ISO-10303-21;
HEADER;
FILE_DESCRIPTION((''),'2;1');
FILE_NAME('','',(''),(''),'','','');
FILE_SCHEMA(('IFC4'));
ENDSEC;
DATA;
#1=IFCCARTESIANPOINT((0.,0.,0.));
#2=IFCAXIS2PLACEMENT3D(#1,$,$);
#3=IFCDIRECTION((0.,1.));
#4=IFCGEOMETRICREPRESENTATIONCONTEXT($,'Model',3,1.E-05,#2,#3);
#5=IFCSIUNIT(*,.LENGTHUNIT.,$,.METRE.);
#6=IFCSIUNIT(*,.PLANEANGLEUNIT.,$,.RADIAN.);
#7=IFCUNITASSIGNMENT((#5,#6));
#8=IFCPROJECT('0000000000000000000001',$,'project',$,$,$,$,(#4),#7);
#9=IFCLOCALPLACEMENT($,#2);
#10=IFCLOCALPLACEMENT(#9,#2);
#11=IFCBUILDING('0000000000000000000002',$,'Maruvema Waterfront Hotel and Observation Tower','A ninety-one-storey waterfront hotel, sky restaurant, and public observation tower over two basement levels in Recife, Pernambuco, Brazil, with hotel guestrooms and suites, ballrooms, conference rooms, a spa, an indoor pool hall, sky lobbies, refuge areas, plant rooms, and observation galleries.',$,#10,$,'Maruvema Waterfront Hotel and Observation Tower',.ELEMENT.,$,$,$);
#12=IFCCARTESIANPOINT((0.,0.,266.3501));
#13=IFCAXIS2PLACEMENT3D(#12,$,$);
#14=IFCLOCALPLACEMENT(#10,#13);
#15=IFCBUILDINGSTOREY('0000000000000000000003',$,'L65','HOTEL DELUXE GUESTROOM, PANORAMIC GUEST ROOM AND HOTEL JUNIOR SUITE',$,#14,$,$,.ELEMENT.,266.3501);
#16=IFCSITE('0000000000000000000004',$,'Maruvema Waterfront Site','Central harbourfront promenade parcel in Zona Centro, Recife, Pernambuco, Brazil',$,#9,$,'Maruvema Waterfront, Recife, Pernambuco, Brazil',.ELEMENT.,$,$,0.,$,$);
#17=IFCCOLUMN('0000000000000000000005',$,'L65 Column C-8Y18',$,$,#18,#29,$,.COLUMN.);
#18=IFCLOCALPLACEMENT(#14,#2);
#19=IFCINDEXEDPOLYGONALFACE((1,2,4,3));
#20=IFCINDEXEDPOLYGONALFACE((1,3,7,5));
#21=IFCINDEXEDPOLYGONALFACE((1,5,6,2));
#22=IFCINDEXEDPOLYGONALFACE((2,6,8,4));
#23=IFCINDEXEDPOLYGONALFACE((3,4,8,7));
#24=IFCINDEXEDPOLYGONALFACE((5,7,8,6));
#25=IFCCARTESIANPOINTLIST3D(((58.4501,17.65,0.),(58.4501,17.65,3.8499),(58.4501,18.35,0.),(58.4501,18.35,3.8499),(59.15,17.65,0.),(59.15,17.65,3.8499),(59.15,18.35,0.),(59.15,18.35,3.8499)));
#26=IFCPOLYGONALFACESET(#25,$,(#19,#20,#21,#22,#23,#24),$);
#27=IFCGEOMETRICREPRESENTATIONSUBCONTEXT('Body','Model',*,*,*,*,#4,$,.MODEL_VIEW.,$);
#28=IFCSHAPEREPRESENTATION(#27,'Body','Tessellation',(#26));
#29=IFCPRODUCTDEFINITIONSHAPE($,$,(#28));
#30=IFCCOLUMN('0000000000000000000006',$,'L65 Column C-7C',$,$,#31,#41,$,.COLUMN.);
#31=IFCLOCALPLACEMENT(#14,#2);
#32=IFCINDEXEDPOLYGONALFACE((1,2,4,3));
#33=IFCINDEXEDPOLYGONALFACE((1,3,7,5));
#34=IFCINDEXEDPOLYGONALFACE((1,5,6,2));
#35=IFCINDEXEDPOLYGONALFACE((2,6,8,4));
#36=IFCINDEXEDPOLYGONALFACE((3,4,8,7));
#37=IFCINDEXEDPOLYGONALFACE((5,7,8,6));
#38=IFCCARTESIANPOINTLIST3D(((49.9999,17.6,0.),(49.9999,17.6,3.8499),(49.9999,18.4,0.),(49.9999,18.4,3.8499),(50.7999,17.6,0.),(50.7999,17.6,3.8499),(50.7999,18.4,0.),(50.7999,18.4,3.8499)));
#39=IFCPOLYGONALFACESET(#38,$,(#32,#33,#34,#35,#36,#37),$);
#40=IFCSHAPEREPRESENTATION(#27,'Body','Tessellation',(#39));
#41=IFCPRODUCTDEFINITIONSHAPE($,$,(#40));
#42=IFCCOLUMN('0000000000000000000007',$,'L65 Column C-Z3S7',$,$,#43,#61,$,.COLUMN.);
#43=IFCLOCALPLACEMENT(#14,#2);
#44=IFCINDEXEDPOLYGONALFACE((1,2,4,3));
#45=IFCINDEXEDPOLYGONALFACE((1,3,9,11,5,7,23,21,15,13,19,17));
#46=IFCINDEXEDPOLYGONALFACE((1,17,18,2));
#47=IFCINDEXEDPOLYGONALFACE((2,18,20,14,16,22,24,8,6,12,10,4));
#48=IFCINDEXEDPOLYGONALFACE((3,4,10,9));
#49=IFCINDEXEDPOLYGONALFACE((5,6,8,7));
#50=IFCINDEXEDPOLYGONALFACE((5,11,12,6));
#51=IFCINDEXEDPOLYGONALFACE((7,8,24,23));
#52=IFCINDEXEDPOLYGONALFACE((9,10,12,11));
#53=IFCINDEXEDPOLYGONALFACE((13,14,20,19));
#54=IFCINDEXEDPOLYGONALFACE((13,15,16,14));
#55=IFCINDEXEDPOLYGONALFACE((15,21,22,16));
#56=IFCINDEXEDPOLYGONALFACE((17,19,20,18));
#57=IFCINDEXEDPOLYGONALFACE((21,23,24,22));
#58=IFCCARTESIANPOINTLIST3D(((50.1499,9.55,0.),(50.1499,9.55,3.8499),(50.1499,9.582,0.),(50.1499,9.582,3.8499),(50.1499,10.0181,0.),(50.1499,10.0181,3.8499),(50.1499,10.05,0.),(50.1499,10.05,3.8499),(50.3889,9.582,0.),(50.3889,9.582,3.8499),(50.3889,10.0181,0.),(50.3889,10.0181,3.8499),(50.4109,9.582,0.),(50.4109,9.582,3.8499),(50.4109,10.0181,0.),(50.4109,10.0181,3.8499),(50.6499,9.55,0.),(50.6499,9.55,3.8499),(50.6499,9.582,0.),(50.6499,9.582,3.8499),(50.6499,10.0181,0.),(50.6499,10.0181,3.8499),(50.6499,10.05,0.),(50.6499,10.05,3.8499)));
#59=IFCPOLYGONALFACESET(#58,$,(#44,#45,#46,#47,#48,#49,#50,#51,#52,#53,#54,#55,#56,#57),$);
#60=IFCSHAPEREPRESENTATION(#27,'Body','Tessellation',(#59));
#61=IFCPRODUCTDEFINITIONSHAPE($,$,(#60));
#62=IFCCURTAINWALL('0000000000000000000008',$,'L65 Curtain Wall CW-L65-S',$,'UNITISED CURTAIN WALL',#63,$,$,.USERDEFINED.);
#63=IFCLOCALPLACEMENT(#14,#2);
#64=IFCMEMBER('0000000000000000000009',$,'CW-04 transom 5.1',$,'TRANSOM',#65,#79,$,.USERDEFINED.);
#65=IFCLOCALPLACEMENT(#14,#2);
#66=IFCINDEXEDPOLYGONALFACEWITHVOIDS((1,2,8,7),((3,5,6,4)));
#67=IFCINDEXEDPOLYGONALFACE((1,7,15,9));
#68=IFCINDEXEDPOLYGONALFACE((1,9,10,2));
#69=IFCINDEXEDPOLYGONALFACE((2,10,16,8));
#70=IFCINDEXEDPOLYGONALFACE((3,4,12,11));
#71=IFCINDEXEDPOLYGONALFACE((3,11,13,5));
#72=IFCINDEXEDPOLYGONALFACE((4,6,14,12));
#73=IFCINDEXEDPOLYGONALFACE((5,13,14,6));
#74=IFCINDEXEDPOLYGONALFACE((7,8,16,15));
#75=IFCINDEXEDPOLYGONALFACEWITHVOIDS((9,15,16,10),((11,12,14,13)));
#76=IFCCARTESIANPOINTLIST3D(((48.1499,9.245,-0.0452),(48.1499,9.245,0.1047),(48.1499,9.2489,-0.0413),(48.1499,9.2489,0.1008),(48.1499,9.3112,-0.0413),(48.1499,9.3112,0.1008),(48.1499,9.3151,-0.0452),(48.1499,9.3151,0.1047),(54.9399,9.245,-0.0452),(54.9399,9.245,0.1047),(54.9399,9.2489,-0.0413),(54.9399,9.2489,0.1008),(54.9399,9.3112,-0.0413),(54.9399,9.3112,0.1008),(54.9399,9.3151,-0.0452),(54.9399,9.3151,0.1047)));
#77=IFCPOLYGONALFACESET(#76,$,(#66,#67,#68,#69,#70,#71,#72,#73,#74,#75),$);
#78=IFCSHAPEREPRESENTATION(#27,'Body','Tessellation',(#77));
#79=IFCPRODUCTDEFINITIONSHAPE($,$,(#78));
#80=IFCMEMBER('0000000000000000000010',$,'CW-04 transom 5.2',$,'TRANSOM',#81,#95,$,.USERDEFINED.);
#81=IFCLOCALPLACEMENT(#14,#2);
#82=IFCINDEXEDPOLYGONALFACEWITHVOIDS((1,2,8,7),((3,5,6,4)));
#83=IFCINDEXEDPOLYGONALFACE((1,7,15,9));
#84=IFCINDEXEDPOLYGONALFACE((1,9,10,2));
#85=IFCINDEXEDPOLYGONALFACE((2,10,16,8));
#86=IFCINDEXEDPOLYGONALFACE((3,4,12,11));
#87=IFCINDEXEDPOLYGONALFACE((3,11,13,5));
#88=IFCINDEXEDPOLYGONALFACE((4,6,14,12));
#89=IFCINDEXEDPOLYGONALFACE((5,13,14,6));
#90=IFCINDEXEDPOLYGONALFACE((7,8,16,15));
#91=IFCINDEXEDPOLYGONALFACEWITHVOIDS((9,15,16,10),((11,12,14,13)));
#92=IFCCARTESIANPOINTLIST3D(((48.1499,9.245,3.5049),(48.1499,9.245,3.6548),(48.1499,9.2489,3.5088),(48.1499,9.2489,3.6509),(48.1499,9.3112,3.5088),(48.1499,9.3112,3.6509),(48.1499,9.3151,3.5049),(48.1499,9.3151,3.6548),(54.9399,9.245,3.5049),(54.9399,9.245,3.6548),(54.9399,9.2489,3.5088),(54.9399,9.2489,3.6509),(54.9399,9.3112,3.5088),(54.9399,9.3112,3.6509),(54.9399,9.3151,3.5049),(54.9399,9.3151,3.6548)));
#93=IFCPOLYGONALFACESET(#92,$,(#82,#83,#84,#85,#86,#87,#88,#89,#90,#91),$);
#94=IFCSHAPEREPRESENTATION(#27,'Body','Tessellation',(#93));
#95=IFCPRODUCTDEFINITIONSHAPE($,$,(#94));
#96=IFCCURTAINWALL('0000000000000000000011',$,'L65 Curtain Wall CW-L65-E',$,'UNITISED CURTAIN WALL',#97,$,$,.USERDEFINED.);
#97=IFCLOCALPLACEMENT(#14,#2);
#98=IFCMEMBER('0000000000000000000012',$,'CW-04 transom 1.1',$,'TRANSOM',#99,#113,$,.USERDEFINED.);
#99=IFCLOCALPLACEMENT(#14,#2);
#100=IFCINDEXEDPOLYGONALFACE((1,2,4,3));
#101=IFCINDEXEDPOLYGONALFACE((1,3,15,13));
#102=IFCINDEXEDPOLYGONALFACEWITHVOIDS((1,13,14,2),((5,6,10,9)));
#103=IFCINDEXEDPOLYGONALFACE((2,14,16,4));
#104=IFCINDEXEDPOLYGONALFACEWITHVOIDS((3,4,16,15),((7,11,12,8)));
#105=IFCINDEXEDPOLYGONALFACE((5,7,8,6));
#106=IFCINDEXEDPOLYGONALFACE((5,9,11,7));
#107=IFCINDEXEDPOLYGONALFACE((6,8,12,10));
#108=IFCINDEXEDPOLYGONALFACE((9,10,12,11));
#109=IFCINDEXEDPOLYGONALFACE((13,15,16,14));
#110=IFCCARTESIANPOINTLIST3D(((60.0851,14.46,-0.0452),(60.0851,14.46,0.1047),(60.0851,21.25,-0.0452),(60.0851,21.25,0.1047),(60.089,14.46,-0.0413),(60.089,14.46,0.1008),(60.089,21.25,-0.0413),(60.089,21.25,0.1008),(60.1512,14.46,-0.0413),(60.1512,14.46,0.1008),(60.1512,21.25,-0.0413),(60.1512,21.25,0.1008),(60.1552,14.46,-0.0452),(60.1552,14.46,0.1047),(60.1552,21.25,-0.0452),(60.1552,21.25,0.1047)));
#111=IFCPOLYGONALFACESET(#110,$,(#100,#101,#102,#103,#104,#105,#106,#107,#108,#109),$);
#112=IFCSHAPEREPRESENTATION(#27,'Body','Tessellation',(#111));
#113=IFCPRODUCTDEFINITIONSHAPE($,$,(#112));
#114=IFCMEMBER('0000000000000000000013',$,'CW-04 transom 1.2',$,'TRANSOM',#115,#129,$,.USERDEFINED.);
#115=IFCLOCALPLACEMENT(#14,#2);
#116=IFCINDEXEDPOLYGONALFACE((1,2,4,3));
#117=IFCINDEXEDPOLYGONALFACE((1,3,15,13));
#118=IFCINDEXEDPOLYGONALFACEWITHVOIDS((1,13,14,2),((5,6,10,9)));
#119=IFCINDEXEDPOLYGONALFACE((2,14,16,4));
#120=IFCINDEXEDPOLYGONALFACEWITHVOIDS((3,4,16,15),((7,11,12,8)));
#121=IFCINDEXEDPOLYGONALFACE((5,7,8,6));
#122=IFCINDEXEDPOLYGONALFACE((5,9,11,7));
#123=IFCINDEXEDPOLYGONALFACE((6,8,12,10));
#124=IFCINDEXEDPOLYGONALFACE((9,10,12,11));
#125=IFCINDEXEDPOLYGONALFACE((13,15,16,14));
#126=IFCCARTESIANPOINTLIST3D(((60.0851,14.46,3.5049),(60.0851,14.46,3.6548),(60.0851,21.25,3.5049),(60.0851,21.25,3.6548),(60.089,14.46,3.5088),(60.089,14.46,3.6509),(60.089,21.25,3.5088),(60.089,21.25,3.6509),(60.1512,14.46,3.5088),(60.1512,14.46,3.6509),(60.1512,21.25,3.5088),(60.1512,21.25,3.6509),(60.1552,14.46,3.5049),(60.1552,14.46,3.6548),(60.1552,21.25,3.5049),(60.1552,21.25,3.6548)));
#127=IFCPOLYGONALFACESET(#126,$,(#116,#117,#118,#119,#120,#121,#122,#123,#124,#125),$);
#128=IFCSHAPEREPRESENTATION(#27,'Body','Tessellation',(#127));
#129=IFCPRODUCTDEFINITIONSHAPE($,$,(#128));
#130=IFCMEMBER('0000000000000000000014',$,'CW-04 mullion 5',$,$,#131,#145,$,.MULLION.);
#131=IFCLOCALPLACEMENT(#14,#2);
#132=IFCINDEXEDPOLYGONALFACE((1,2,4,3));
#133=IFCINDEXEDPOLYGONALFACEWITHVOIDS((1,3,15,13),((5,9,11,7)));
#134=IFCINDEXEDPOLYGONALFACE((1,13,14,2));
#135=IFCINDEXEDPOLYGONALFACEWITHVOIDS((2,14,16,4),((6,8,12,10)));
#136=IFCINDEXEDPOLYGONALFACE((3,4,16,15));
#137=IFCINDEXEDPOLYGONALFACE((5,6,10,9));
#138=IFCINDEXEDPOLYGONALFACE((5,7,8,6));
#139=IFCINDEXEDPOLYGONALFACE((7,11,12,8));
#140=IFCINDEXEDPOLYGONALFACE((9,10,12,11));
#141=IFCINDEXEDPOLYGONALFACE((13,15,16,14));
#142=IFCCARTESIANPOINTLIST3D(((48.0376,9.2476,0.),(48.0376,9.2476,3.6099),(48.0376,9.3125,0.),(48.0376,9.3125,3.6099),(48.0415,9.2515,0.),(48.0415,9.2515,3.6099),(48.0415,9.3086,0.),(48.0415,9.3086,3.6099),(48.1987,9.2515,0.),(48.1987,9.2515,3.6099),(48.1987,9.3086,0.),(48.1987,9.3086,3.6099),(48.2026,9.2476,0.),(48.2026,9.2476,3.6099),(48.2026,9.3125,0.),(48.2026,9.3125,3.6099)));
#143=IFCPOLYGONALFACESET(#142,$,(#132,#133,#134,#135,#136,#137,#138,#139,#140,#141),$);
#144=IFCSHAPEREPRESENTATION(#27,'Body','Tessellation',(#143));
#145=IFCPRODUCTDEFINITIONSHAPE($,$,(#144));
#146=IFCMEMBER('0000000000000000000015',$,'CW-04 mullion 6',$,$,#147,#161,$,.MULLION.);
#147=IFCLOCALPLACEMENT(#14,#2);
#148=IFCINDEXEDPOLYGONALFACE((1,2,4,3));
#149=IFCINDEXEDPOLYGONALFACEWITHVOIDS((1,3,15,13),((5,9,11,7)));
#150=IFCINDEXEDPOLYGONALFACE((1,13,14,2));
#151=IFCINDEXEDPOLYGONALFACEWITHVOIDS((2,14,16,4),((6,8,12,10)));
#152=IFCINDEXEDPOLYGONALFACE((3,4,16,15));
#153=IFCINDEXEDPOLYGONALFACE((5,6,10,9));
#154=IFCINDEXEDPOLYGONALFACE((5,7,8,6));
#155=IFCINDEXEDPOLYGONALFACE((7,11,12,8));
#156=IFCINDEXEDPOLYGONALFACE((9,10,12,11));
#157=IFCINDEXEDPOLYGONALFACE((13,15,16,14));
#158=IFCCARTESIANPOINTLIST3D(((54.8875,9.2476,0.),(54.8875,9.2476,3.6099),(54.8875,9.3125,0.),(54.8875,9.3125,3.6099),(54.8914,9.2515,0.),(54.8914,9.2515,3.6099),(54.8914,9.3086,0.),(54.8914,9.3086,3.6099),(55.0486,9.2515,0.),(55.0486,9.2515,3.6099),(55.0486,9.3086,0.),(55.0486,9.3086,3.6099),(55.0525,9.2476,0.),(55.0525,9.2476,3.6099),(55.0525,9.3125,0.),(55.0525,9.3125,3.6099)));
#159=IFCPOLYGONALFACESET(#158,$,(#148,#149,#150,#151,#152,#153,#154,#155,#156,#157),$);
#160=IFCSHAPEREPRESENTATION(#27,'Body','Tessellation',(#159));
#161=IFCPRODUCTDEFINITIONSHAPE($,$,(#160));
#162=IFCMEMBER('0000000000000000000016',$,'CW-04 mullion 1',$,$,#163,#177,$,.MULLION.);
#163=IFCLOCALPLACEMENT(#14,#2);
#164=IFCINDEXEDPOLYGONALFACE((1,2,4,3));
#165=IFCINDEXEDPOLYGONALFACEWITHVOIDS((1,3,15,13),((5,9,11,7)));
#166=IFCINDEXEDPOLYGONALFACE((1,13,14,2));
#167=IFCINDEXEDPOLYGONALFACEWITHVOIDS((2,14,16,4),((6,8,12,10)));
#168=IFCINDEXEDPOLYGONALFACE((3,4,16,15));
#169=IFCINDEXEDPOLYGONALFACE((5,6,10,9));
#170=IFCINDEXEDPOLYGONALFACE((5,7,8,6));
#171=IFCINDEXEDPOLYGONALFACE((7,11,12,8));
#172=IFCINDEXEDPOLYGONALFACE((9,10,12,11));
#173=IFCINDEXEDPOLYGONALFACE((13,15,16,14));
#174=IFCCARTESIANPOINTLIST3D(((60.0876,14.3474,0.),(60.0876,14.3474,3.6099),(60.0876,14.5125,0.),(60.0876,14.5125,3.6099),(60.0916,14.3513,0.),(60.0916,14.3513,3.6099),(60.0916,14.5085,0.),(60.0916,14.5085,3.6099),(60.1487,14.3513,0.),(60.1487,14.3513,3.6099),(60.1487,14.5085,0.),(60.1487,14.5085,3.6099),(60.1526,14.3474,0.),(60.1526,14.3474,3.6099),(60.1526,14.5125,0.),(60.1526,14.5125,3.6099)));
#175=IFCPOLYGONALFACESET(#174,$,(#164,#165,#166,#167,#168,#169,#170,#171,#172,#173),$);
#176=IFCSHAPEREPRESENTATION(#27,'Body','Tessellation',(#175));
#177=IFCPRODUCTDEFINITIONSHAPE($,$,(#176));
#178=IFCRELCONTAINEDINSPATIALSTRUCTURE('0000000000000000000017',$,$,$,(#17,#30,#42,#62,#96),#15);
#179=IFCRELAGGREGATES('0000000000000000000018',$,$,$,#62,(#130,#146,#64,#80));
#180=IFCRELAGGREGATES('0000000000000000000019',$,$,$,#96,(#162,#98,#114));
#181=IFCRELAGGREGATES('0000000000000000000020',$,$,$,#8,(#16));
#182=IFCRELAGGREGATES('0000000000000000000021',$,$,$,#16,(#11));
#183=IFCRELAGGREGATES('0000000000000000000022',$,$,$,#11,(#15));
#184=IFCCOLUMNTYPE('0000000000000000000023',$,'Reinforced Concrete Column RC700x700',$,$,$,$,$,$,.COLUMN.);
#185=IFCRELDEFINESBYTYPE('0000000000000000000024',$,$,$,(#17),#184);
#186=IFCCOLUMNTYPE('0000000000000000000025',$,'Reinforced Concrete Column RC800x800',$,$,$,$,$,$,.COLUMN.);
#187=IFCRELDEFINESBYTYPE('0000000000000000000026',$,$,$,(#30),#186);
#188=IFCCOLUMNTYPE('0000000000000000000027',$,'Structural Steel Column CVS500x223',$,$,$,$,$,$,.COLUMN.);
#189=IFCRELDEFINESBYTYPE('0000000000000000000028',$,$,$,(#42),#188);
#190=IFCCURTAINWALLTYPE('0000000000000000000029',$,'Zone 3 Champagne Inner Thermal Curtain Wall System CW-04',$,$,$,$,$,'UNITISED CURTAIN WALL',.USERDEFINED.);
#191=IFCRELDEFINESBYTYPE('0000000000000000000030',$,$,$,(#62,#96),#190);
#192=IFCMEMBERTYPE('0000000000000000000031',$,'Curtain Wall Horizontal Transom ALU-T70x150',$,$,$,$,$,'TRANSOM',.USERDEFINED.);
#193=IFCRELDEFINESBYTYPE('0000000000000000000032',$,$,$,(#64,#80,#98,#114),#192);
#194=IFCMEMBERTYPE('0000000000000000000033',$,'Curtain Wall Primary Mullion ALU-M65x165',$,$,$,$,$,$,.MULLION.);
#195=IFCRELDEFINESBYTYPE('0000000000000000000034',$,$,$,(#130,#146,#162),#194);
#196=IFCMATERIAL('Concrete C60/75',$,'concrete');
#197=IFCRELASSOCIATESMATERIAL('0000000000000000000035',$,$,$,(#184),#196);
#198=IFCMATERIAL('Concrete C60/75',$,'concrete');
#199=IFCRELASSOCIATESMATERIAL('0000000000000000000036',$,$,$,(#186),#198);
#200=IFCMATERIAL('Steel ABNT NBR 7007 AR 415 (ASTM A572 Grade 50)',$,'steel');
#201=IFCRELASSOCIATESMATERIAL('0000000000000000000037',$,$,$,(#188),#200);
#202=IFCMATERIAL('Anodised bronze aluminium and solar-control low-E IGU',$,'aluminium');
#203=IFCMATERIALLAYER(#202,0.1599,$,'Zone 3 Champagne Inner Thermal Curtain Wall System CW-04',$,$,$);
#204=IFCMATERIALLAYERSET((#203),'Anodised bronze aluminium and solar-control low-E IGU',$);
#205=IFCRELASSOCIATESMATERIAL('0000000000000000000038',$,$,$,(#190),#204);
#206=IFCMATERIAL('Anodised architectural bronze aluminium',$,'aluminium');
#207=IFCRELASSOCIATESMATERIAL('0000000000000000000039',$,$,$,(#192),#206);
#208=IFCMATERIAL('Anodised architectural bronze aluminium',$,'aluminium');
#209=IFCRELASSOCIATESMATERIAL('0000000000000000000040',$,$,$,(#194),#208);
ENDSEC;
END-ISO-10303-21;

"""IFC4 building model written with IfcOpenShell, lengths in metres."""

from ifc_helpers import new_model, si_unit, direction, frame, origin, origin_2d, place, context, subcontext, project, spatial, rectangle, hollow_rectangle, i_section, extrude, material, layer, layer_set, material_profile, profile_set, type_object, element, aggregate, save


model = new_model("IFC4")

# Units and contexts
model_context = context("Model", 3, precision=1e-05, world=origin(), true_north=direction((0.0, 1.0)))
body_context = subcontext(model_context, "Body", "Model", "MODEL_VIEW")
ifc_project = project(units=[si_unit("LENGTHUNIT", "METRE"), si_unit("PLANEANGLEUNIT", "RADIAN")], contexts=[model_context])

# Site, building, storey
site_placement = place(None, origin())
site = spatial("IfcSite", under=ifc_project, at=site_placement, Name="Maruvema Waterfront Site", Description="Central harbourfront promenade parcel in Zona Centro, Recife, Pernambuco, Brazil", LongName="Maruvema Waterfront, Recife, Pernambuco, Brazil", CompositionType="ELEMENT", RefElevation=0.0)
building_placement = place(site_placement, origin())
building = spatial("IfcBuilding", under=site, at=building_placement, Name="Maruvema Waterfront Hotel and Observation Tower", Description="A ninety-one-storey waterfront hotel, sky restaurant, and public observation tower over two basement levels in Recife, Pernambuco, Brazil, with hotel guestrooms and suites, ballrooms, conference rooms, a spa, an indoor pool hall, sky lobbies, refuge areas, plant rooms, and observation galleries.", LongName="Maruvema Waterfront Hotel and Observation Tower", CompositionType="ELEMENT")
storey_placement = place(building_placement, frame((0.0, 0.0, 266.3501)))
storey = spatial("IfcBuildingStorey", under=building, at=storey_placement, Name="L65", Description="HOTEL DELUXE GUESTROOM, PANORAMIC GUEST ROOM AND HOTEL JUNIOR SUITE", CompositionType="ELEMENT", Elevation=266.3501)

# Columns
ifc_material_1 = material(Name="Concrete C60/75", Category="concrete")
ifc_material_profile_1 = material_profile(ifc_material_1, rectangle(XDim=0.7, YDim=0.7, at=origin_2d()), Name="RC700x700")
ifc_profile_set_1 = profile_set([ifc_material_profile_1], Name="Concrete C60/75")
column_type_1 = type_object("IfcColumnType", Name="Reinforced Concrete Column RC700x700", PredefinedType="COLUMN", material=ifc_profile_set_1)
column_1_placement = place(storey_placement, frame((58.8, 18.0, 0.0), z_axis=(0.0, 0.0, 1.0), x_axis=(1.0, 0.0, 0.0)))
element("IfcColumn", 1, at=column_1_placement, inside=storey, type_object=column_type_1, Name="L65 Column C-8Y18", PredefinedType="COLUMN", context=body_context, shape_type="SweptSolid", body=[
    extrude(rectangle(XDim=0.7, YDim=0.7, at=origin_2d()), origin(), (0.0, 0.0, 1.0), 3.8499),
])
ifc_material_2 = material(Name="Concrete C60/75", Category="concrete")
ifc_material_profile_2 = material_profile(ifc_material_2, rectangle(XDim=0.8, YDim=0.8, at=origin_2d()), Name="RC800x800")
ifc_profile_set_2 = profile_set([ifc_material_profile_2], Name="Concrete C60/75")
column_type_2 = type_object("IfcColumnType", Name="Reinforced Concrete Column RC800x800", PredefinedType="COLUMN", material=ifc_profile_set_2)
column_2_placement = place(storey_placement, frame((50.3999, 18.0, 0.0), z_axis=(0.0, 0.0, 1.0), x_axis=(1.0, 0.0, 0.0)))
element("IfcColumn", 2, at=column_2_placement, inside=storey, type_object=column_type_2, Name="L65 Column C-7C", PredefinedType="COLUMN", context=body_context, shape_type="SweptSolid", body=[
    extrude(rectangle(XDim=0.8, YDim=0.8, at=origin_2d()), origin(), (0.0, 0.0, 1.0), 3.8499),
])
ifc_material_3 = material(Name="Steel ABNT NBR 7007 AR 415 (ASTM A572 Grade 50)", Category="steel")
ifc_material_profile_3 = material_profile(ifc_material_3, i_section(OverallWidth=0.5, OverallDepth=0.5, WebThickness=0.022, FlangeThickness=0.032, at=origin_2d()), Name="CVS500x223")
ifc_profile_set_3 = profile_set([ifc_material_profile_3], Name="Steel ABNT NBR 7007 AR 415 (ASTM A572 Grade 50)")
column_type_3 = type_object("IfcColumnType", Name="Structural Steel Column CVS500x223", PredefinedType="COLUMN", material=ifc_profile_set_3)
column_3_placement = place(storey_placement, frame((50.3999, 9.8, 0.0), z_axis=(0.0, 0.0, 1.0), x_axis=(1.0, 0.0, 0.0)))
element("IfcColumn", 3, at=column_3_placement, inside=storey, type_object=column_type_3, Name="L65 Column C-Z3S7", PredefinedType="COLUMN", context=body_context, shape_type="SweptSolid", body=[
    extrude(i_section(OverallWidth=0.5, OverallDepth=0.5, WebThickness=0.022, FlangeThickness=0.032, at=origin_2d()), origin(), (0.0, 0.0, 1.0), 3.8499),
])

# Curtain walls, members
ifc_material_4 = material(Name="Anodised bronze aluminium and solar-control low-E IGU", Category="aluminium")
ifc_layer_1 = layer(ifc_material_4, 0.1599, Name="Zone 3 Champagne Inner Thermal Curtain Wall System CW-04")
ifc_layer_set_1 = layer_set([ifc_layer_1], Name="Anodised bronze aluminium and solar-control low-E IGU")
curtain_wall_type = type_object("IfcCurtainWallType", Name="Zone 3 Champagne Inner Thermal Curtain Wall System CW-04", ElementType="UNITISED CURTAIN WALL", PredefinedType="USERDEFINED", material=ifc_layer_set_1)
curtain_wall_1_placement = place(storey_placement, origin())
curtain_wall_1 = element("IfcCurtainWall", 4, at=curtain_wall_1_placement, inside=storey, type_object=curtain_wall_type, Name="L65 Curtain Wall CW-L65-S", ObjectType="UNITISED CURTAIN WALL", PredefinedType="USERDEFINED")
ifc_material_5 = material(Name="Anodised architectural bronze aluminium", Category="aluminium")
ifc_material_profile_4 = material_profile(ifc_material_5, hollow_rectangle(XDim=0.0701, YDim=0.1499, WallThickness=0.0039, at=origin_2d()), Name="ALU-T70x150")
ifc_profile_set_4 = profile_set([ifc_material_profile_4], Name="Anodised architectural bronze aluminium")
member_type_1 = type_object("IfcMemberType", Name="Curtain Wall Horizontal Transom ALU-T70x150", ElementType="TRANSOM", PredefinedType="USERDEFINED", material=ifc_profile_set_4)
member_1_placement = place(storey_placement, frame((48.1499, 9.28, 0.0298), z_axis=(1.0, 0.0, 0.0), x_axis=(0.0, 1.0, 0.0)))
member_1 = element("IfcMember", 5, at=member_1_placement, type_object=member_type_1, Name="CW-04 transom 5.1", ObjectType="TRANSOM", PredefinedType="USERDEFINED", context=body_context, shape_type="SweptSolid", body=[
    extrude(hollow_rectangle(XDim=0.0701, YDim=0.1499, WallThickness=0.0039, at=origin_2d()), origin(), (0.0, 0.0, 1.0), 6.79),
])
member_2_placement = place(storey_placement, frame((48.1499, 9.28, 3.5798), z_axis=(1.0, 0.0, 0.0), x_axis=(0.0, 1.0, 0.0)))
member_2 = element("IfcMember", 6, at=member_2_placement, type_object=member_type_1, Name="CW-04 transom 5.2", ObjectType="TRANSOM", PredefinedType="USERDEFINED", context=body_context, shape_type="SweptSolid", body=[
    extrude(hollow_rectangle(XDim=0.0701, YDim=0.1499, WallThickness=0.0039, at=origin_2d()), origin(), (0.0, 0.0, 1.0), 6.79),
])
curtain_wall_2_placement = place(storey_placement, origin())
curtain_wall_2 = element("IfcCurtainWall", 7, at=curtain_wall_2_placement, inside=storey, type_object=curtain_wall_type, Name="L65 Curtain Wall CW-L65-E", ObjectType="UNITISED CURTAIN WALL", PredefinedType="USERDEFINED")
member_3_placement = place(storey_placement, frame((60.1201, 14.46, 0.0298), z_axis=(0.0, 1.0, 0.0), x_axis=(-1.0, 0.0, 0.0)))
member_3 = element("IfcMember", 8, at=member_3_placement, type_object=member_type_1, Name="CW-04 transom 1.1", ObjectType="TRANSOM", PredefinedType="USERDEFINED", context=body_context, shape_type="SweptSolid", body=[
    extrude(hollow_rectangle(XDim=0.0701, YDim=0.1499, WallThickness=0.0039, at=origin_2d()), origin(), (0.0, 0.0, 1.0), 6.79),
])
member_4_placement = place(storey_placement, frame((60.1201, 14.46, 3.5798), z_axis=(0.0, 1.0, 0.0), x_axis=(-1.0, 0.0, 0.0)))
member_4 = element("IfcMember", 9, at=member_4_placement, type_object=member_type_1, Name="CW-04 transom 1.2", ObjectType="TRANSOM", PredefinedType="USERDEFINED", context=body_context, shape_type="SweptSolid", body=[
    extrude(hollow_rectangle(XDim=0.0701, YDim=0.1499, WallThickness=0.0039, at=origin_2d()), origin(), (0.0, 0.0, 1.0), 6.79),
])

# Members
ifc_material_6 = material(Name="Anodised architectural bronze aluminium", Category="aluminium")
ifc_material_profile_5 = material_profile(ifc_material_6, hollow_rectangle(XDim=0.0649, YDim=0.165, WallThickness=0.0039, at=origin_2d()), Name="ALU-M65x165")
ifc_profile_set_5 = profile_set([ifc_material_profile_5], Name="Anodised architectural bronze aluminium")
member_type_2 = type_object("IfcMemberType", Name="Curtain Wall Primary Mullion ALU-M65x165", PredefinedType="MULLION", material=ifc_profile_set_5)
member_5_placement = place(storey_placement, frame((48.1201, 9.28, 0.0), z_axis=(0.0, 0.0, 1.0), x_axis=(0.0, 1.0, 0.0)))
member_5 = element("IfcMember", 10, at=member_5_placement, type_object=member_type_2, Name="CW-04 mullion 5", PredefinedType="MULLION", context=body_context, shape_type="SweptSolid", body=[
    extrude(hollow_rectangle(XDim=0.0649, YDim=0.165, WallThickness=0.0039, at=origin_2d()), origin(), (0.0, 0.0, 1.0), 3.6099),
])
member_6_placement = place(storey_placement, frame((54.97, 9.28, 0.0), z_axis=(0.0, 0.0, 1.0), x_axis=(0.0, 1.0, 0.0)))
member_6 = element("IfcMember", 11, at=member_6_placement, type_object=member_type_2, Name="CW-04 mullion 6", PredefinedType="MULLION", context=body_context, shape_type="SweptSolid", body=[
    extrude(hollow_rectangle(XDim=0.0649, YDim=0.165, WallThickness=0.0039, at=origin_2d()), origin(), (0.0, 0.0, 1.0), 3.6099),
])
member_7_placement = place(storey_placement, frame((60.1201, 14.4299, 0.0), z_axis=(0.0, 0.0, 1.0), x_axis=(-1.0, 0.0, 0.0)))
member_7 = element("IfcMember", 12, at=member_7_placement, type_object=member_type_2, Name="CW-04 mullion 1", PredefinedType="MULLION", context=body_context, shape_type="SweptSolid", body=[
    extrude(hollow_rectangle(XDim=0.0649, YDim=0.165, WallThickness=0.0039, at=origin_2d()), origin(), (0.0, 0.0, 1.0), 3.6099),
])

aggregate(curtain_wall_1, [member_5, member_6, member_1, member_2])
aggregate(curtain_wall_2, [member_7, member_3, member_4])

save(model, "model.ifc")
